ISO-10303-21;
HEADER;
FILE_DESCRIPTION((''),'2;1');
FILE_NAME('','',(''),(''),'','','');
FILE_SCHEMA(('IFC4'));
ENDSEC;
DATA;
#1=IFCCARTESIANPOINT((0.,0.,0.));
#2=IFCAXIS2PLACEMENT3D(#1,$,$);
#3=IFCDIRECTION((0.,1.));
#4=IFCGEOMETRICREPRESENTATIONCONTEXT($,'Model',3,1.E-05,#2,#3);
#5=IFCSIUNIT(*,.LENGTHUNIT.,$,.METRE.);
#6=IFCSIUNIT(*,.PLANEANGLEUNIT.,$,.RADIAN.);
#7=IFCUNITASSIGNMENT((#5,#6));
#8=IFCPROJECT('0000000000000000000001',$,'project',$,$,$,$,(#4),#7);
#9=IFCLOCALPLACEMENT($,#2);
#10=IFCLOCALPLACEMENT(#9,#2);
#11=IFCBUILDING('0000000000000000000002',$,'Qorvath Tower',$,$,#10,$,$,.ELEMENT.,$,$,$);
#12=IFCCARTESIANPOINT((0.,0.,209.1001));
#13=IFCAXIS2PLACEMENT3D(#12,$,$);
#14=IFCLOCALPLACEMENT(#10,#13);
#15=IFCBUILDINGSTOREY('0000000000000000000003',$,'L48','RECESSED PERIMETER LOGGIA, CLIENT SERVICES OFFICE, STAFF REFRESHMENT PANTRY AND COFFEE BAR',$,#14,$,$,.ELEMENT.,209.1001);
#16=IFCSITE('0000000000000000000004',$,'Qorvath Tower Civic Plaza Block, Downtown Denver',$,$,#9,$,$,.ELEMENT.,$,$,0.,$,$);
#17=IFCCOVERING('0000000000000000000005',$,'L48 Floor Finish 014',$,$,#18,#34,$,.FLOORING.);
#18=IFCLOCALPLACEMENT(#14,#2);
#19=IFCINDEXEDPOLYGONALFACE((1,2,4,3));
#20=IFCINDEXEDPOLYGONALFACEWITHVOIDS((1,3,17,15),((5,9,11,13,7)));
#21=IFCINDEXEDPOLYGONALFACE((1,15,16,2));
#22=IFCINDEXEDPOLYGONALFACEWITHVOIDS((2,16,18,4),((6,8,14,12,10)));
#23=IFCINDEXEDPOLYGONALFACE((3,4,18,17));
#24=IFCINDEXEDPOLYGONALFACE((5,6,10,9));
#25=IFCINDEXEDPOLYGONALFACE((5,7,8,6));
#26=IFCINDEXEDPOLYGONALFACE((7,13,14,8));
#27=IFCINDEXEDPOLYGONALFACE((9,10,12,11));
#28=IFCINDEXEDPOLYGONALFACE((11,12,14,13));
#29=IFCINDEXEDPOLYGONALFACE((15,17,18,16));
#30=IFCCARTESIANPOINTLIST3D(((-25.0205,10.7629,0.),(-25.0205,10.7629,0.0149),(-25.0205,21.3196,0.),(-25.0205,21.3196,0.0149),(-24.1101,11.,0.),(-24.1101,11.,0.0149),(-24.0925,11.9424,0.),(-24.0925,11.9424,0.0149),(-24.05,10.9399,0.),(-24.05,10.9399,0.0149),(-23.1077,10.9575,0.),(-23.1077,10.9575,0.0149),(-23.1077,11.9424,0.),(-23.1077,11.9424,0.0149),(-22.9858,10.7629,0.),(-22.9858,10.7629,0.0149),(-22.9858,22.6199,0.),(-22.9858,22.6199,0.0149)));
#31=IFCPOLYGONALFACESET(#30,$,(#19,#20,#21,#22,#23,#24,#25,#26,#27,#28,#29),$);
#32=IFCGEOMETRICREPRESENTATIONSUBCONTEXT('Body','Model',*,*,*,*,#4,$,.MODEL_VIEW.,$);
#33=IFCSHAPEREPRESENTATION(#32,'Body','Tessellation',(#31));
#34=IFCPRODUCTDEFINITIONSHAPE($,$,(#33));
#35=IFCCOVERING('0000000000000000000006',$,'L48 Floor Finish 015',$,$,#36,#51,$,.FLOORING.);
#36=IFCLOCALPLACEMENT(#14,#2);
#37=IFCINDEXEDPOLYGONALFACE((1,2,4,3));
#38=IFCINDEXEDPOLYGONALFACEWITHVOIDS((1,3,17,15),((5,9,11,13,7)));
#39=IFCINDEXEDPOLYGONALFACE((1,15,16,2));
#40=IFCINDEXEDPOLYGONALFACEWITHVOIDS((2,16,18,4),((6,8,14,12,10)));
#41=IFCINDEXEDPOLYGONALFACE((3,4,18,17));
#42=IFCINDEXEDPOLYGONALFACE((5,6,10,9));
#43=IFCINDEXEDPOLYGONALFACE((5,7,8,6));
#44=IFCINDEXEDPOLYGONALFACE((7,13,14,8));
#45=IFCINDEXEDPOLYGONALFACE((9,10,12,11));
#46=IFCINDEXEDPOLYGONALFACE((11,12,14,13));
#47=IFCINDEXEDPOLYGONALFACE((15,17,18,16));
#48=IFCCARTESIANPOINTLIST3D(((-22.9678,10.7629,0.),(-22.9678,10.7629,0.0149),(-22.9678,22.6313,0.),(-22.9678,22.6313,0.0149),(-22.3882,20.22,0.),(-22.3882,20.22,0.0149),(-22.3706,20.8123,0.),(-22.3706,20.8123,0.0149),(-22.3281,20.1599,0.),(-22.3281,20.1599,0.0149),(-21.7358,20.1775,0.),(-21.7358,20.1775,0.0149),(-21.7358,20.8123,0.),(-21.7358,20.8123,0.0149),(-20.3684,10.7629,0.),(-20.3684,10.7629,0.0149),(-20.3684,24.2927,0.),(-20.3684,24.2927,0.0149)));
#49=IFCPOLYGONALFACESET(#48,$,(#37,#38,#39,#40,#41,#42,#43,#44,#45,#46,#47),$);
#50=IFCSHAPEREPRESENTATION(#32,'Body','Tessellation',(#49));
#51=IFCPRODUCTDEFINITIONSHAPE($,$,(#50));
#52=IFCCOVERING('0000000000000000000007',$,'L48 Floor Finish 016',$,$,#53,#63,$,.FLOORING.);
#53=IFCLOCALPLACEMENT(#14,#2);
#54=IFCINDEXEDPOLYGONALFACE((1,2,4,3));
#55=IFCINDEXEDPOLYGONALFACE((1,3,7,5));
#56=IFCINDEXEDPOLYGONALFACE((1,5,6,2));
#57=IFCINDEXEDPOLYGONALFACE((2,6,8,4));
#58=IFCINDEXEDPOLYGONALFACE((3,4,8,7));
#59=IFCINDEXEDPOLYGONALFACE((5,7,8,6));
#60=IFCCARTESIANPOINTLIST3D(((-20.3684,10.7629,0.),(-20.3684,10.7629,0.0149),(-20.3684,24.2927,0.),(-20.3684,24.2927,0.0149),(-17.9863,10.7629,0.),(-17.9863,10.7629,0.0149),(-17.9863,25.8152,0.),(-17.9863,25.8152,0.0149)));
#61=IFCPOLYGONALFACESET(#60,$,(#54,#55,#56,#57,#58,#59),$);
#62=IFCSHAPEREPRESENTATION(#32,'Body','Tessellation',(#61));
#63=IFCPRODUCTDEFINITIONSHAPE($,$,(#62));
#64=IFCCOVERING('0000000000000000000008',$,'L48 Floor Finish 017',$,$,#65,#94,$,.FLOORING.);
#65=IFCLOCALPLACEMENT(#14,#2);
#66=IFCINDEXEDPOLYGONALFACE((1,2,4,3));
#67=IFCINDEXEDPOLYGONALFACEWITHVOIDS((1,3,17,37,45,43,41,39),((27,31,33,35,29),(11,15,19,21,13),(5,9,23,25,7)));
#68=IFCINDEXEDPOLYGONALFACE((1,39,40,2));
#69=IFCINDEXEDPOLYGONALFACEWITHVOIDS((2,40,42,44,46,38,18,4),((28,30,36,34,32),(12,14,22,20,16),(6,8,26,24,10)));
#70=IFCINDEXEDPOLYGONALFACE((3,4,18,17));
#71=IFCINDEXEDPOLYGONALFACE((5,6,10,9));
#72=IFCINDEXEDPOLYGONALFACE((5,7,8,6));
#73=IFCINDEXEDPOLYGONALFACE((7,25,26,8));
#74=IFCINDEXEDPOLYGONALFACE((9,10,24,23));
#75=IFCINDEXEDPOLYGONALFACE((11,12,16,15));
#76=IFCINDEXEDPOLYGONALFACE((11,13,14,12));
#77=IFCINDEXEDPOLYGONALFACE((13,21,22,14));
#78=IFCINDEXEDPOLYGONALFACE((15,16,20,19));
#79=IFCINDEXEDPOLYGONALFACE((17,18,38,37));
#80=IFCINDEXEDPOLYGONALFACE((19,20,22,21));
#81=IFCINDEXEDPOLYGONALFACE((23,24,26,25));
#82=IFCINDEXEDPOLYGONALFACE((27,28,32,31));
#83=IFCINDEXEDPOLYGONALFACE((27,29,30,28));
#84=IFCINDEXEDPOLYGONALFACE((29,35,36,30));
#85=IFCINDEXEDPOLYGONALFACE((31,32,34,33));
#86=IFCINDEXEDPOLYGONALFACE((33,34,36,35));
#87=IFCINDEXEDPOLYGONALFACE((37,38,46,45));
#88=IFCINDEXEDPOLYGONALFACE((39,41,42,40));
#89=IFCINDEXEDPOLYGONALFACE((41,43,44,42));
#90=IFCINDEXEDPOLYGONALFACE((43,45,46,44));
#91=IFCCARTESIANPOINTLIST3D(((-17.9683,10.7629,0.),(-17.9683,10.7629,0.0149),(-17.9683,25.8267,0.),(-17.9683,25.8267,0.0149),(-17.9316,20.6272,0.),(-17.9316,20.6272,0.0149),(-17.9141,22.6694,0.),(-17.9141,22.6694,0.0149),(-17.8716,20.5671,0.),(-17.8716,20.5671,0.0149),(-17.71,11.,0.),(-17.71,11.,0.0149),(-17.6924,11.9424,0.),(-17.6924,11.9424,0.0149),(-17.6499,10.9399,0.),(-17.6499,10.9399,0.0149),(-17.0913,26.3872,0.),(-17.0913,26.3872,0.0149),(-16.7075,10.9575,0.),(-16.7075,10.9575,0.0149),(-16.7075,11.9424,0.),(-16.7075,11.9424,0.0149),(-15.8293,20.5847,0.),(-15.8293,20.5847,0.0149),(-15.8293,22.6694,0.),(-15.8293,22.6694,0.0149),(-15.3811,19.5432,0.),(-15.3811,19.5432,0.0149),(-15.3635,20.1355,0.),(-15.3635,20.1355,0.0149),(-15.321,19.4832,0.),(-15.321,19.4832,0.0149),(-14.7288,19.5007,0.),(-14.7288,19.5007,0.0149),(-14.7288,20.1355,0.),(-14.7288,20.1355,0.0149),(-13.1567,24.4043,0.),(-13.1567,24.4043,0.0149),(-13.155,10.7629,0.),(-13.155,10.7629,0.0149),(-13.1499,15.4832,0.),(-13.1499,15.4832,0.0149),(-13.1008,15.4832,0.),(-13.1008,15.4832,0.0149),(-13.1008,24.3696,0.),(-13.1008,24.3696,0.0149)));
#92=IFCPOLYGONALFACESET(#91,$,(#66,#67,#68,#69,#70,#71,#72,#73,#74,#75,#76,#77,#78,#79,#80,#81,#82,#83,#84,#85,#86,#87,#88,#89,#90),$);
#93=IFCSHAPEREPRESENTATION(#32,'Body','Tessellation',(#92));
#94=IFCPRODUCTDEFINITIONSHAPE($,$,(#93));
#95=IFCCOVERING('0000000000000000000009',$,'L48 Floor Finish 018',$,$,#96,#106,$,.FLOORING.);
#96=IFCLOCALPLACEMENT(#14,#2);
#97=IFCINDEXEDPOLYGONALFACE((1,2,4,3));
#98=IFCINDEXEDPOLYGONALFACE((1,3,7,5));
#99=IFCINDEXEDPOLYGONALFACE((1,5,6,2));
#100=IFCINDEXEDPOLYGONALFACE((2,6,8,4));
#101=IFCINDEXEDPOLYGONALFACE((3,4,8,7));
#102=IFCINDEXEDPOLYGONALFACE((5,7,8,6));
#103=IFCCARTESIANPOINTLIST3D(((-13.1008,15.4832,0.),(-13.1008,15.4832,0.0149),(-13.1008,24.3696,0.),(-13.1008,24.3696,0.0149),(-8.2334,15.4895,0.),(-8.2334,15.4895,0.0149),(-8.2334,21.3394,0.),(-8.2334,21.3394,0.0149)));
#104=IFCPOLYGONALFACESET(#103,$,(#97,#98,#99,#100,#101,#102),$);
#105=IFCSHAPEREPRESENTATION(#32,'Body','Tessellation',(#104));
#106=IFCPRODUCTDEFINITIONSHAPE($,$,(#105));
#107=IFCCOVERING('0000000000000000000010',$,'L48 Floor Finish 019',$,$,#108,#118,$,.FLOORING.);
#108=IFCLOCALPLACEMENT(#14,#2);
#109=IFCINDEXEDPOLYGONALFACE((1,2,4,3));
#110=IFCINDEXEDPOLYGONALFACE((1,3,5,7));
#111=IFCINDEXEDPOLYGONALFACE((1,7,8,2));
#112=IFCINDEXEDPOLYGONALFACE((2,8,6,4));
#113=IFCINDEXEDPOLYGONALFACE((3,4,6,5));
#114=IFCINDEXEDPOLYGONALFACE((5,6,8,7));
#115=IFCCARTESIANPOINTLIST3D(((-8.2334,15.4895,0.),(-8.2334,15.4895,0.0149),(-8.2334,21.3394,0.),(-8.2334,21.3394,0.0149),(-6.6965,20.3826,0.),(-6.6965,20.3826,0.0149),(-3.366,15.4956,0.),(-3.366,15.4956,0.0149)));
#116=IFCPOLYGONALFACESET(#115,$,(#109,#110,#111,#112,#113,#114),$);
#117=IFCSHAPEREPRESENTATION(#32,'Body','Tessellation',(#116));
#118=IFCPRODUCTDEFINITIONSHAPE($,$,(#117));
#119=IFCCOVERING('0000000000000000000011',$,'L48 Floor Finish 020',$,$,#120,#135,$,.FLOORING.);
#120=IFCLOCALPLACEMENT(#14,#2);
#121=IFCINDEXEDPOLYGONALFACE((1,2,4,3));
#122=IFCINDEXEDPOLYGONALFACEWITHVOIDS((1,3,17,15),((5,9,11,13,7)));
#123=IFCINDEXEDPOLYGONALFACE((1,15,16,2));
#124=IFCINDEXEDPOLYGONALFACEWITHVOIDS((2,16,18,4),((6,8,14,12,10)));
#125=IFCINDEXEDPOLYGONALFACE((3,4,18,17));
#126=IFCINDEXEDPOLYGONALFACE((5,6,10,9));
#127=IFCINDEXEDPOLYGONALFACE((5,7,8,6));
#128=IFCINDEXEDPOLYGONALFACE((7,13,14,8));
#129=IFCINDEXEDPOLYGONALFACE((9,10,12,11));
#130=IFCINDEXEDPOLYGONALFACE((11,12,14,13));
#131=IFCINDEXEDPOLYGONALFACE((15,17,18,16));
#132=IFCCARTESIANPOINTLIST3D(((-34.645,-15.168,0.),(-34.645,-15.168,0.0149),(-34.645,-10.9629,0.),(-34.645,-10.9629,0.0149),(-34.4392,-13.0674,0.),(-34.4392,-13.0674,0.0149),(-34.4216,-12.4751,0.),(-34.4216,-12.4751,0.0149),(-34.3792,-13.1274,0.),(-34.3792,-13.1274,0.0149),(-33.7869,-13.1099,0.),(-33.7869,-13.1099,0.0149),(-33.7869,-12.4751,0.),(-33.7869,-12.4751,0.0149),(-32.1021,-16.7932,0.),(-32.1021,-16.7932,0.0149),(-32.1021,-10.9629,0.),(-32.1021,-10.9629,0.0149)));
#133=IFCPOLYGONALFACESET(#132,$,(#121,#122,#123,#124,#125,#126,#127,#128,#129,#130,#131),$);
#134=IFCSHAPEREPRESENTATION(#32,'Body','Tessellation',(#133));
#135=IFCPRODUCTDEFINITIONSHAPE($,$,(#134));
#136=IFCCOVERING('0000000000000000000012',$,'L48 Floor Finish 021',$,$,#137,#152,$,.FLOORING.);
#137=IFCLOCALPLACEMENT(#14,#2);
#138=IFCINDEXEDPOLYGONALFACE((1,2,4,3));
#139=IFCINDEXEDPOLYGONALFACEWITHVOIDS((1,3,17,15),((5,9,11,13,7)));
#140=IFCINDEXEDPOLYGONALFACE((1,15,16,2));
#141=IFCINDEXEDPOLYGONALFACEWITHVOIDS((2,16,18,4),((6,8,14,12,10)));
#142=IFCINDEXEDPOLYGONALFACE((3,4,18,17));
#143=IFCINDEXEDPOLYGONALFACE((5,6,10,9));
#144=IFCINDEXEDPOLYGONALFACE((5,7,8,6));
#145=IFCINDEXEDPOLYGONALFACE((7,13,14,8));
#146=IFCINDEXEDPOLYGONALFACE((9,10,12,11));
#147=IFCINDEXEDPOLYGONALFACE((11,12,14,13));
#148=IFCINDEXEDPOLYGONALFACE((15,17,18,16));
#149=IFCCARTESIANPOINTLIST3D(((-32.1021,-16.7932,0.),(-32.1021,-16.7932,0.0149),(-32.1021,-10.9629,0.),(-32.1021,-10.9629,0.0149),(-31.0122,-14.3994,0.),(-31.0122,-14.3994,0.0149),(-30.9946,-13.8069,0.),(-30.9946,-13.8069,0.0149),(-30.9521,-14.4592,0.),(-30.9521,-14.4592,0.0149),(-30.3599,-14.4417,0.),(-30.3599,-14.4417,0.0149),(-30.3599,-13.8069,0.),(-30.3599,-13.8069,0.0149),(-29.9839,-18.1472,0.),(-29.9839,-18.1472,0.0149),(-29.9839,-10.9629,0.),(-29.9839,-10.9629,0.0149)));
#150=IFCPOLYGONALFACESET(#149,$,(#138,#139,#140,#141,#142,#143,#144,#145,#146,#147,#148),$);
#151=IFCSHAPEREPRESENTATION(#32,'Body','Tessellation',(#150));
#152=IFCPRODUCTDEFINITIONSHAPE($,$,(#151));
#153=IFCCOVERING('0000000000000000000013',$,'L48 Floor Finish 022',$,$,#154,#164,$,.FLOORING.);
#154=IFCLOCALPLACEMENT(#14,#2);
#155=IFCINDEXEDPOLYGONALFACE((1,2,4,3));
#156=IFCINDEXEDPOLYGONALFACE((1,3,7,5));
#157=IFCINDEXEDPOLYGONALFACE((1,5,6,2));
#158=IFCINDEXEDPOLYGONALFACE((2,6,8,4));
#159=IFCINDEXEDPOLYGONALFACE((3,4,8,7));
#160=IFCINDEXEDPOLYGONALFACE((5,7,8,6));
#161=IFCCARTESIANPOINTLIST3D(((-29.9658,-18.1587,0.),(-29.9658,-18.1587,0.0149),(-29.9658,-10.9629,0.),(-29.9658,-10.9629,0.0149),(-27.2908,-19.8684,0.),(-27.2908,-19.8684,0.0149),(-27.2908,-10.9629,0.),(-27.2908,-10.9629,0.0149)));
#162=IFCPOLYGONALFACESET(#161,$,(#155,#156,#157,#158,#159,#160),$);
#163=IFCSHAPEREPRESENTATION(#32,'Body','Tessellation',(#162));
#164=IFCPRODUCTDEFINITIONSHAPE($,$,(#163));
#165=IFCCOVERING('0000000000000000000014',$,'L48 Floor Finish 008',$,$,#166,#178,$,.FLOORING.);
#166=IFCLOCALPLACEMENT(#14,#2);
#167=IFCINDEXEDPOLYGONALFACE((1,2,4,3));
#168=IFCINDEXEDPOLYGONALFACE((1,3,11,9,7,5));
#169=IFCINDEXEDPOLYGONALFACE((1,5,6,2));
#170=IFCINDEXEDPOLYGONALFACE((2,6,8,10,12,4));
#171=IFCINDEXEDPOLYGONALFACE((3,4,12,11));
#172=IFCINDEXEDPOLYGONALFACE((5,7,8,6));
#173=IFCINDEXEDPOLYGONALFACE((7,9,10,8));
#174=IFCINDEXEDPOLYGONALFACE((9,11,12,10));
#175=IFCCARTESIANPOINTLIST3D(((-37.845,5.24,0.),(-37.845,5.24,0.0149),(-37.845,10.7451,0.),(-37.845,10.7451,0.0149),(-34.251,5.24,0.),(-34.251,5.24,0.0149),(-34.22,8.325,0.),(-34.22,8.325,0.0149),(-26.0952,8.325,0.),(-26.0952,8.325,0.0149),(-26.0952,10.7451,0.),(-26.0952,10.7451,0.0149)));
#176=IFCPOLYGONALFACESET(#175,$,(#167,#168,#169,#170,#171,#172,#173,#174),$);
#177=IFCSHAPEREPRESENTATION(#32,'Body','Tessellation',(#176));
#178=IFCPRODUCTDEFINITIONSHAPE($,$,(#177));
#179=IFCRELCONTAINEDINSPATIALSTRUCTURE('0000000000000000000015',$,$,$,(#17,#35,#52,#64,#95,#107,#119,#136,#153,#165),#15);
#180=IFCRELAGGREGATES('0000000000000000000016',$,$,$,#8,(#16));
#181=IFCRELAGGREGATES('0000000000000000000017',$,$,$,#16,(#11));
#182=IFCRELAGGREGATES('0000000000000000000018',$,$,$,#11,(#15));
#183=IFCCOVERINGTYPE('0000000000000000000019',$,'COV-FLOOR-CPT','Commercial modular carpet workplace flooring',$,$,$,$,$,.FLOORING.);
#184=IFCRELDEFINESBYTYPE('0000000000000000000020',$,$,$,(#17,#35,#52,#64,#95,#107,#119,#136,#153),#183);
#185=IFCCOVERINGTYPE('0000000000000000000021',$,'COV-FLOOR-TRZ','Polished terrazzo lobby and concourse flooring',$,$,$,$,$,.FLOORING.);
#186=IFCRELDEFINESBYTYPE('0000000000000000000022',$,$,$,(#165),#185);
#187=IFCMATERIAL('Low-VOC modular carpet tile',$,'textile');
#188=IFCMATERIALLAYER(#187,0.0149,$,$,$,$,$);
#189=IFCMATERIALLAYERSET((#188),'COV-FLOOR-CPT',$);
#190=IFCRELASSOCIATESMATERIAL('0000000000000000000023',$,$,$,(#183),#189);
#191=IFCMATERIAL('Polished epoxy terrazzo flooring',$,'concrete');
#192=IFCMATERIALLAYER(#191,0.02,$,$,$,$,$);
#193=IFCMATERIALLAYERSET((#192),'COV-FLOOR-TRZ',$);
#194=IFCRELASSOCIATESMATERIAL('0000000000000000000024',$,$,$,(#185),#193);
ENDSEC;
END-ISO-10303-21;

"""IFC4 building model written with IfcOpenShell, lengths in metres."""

from ifc_helpers import new_model, si_unit, direction, frame, origin, place, context, subcontext, project, spatial, polyline, outline, extrude, material, layer, layer_set, type_object, element, save


model = new_model("IFC4")

# Units and contexts
model_context = context("Model", 3, precision=1e-05, world=origin(), true_north=direction((0.0, 1.0)))
body_context = subcontext(model_context, "Body", "Model", "MODEL_VIEW")
ifc_project = project(units=[si_unit("LENGTHUNIT", "METRE"), si_unit("PLANEANGLEUNIT", "RADIAN")], contexts=[model_context])

# Site, building, storey
site_placement = place(None, origin())
site = spatial("IfcSite", under=ifc_project, at=site_placement, Name="Qorvath Tower Civic Plaza Block, Downtown Denver", CompositionType="ELEMENT", RefElevation=0.0)
building_placement = place(site_placement, origin())
building = spatial("IfcBuilding", under=site, at=building_placement, Name="Qorvath Tower", CompositionType="ELEMENT")
storey_placement = place(building_placement, frame((0.0, 0.0, 209.1001)))
storey = spatial("IfcBuildingStorey", under=building, at=storey_placement, Name="L48", Description="RECESSED PERIMETER LOGGIA, CLIENT SERVICES OFFICE, STAFF REFRESHMENT PANTRY AND COFFEE BAR", CompositionType="ELEMENT", Elevation=209.1001)

# Coverings
ifc_material_1 = material(Name="Low-VOC modular carpet tile", Category="textile")
ifc_layer_1 = layer(ifc_material_1, 0.0149)
ifc_layer_set_1 = layer_set([ifc_layer_1], Name="COV-FLOOR-CPT")
covering_type_1 = type_object("IfcCoveringType", Name="COV-FLOOR-CPT", Description="Commercial modular carpet workplace flooring", PredefinedType="FLOORING", material=ifc_layer_set_1)
covering_1_placement = place(storey_placement, origin())
element("IfcCovering", 1, at=covering_1_placement, inside=storey, type_object=covering_type_1, Name="L48 Floor Finish 014", PredefinedType="FLOORING", context=body_context, shape_type="SweptSolid", body=[
    extrude(outline(polyline([(-25.0205, 21.3196), (-25.0205, 10.7629), (-22.9858, 10.7629), (-22.9858, 22.6199), (-25.0205, 21.3196)]), holes=[polyline([(-24.1101, 11.0), (-24.0925, 11.9424), (-23.1077, 11.9424), (-23.1077, 10.9575), (-24.05, 10.9399), (-24.1101, 11.0)])]), origin(), (0.0, 0.0, 1.0), 0.0149),
])
covering_2_placement = place(storey_placement, origin())
element("IfcCovering", 2, at=covering_2_placement, inside=storey, type_object=covering_type_1, Name="L48 Floor Finish 015", PredefinedType="FLOORING", context=body_context, shape_type="SweptSolid", body=[
    extrude(outline(polyline([(-22.9678, 10.7629), (-20.3684, 10.7629), (-20.3684, 24.2927), (-22.9678, 22.6313), (-22.9678, 10.7629)]), holes=[polyline([(-22.3882, 20.22), (-22.3706, 20.8123), (-21.7358, 20.8123), (-21.7358, 20.1775), (-22.3281, 20.1599), (-22.3882, 20.22)])]), origin(), (0.0, 0.0, 1.0), 0.0149),
])
covering_3_placement = place(storey_placement, origin())
element("IfcCovering", 3, at=covering_3_placement, inside=storey, type_object=covering_type_1, Name="L48 Floor Finish 016", PredefinedType="FLOORING", context=body_context, shape_type="SweptSolid", body=[
    extrude(outline(polyline([(-20.3684, 24.2927), (-20.3684, 10.7629), (-17.9863, 10.7629), (-17.9863, 25.8152), (-20.3684, 24.2927)])), origin(), (0.0, 0.0, 1.0), 0.0149),
])
covering_4_placement = place(storey_placement, origin())
element("IfcCovering", 4, at=covering_4_placement, inside=storey, type_object=covering_type_1, Name="L48 Floor Finish 017", PredefinedType="FLOORING", context=body_context, shape_type="SweptSolid", body=[
    extrude(outline(polyline([(-13.1008, 15.4832), (-13.1008, 24.3696), (-13.1567, 24.4043), (-17.0913, 26.3872), (-17.9683, 25.8267), (-17.9683, 10.7629), (-13.155, 10.7629), (-13.1499, 15.4832), (-13.1008, 15.4832)]), holes=[polyline([(-15.3811, 19.5432), (-15.3635, 20.1355), (-14.7288, 20.1355), (-14.7288, 19.5007), (-15.321, 19.4832), (-15.3811, 19.5432)]), polyline([(-17.9316, 20.6272), (-17.9141, 22.6694), (-15.8293, 22.6694), (-15.8293, 20.5847), (-17.8716, 20.5671), (-17.9316, 20.6272)]), polyline([(-17.71, 11.0), (-17.6924, 11.9424), (-16.7075, 11.9424), (-16.7075, 10.9575), (-17.6499, 10.9399), (-17.71, 11.0)])]), origin(), (0.0, 0.0, 1.0), 0.0149),
])
covering_5_placement = place(storey_placement, origin())
element("IfcCovering", 5, at=covering_5_placement, inside=storey, type_object=covering_type_1, Name="L48 Floor Finish 018", PredefinedType="FLOORING", context=body_context, shape_type="SweptSolid", body=[
    extrude(outline(polyline([(-8.2334, 15.4895), (-8.2334, 21.3394), (-13.1008, 24.3696), (-13.1008, 15.4832), (-8.2334, 15.4895)])), origin(), (0.0, 0.0, 1.0), 0.0149),
])
covering_6_placement = place(storey_placement, origin())
element("IfcCovering", 6, at=covering_6_placement, inside=storey, type_object=covering_type_1, Name="L48 Floor Finish 019", PredefinedType="FLOORING", context=body_context, shape_type="SweptSolid", body=[
    extrude(outline(polyline([(-3.366, 15.4956), (-6.6965, 20.3826), (-8.2334, 21.3394), (-8.2334, 15.4895), (-3.366, 15.4956)])), origin(), (0.0, 0.0, 1.0), 0.0149),
])
covering_7_placement = place(storey_placement, origin())
element("IfcCovering", 7, at=covering_7_placement, inside=storey, type_object=covering_type_1, Name="L48 Floor Finish 020", PredefinedType="FLOORING", context=body_context, shape_type="SweptSolid", body=[
    extrude(outline(polyline([(-34.645, -10.9629), (-34.645, -15.168), (-32.1021, -16.7932), (-32.1021, -10.9629), (-34.645, -10.9629)]), holes=[polyline([(-34.4392, -13.0674), (-34.4216, -12.4751), (-33.7869, -12.4751), (-33.7869, -13.1099), (-34.3792, -13.1274), (-34.4392, -13.0674)])]), origin(), (0.0, 0.0, 1.0), 0.0149),
])
covering_8_placement = place(storey_placement, origin())
element("IfcCovering", 8, at=covering_8_placement, inside=storey, type_object=covering_type_1, Name="L48 Floor Finish 021", PredefinedType="FLOORING", context=body_context, shape_type="SweptSolid", body=[
    extrude(outline(polyline([(-32.1021, -10.9629), (-32.1021, -16.7932), (-29.9839, -18.1472), (-29.9839, -10.9629), (-32.1021, -10.9629)]), holes=[polyline([(-31.0122, -14.3994), (-30.9946, -13.8069), (-30.3599, -13.8069), (-30.3599, -14.4417), (-30.9521, -14.4592), (-31.0122, -14.3994)])]), origin(), (0.0, 0.0, 1.0), 0.0149),
])
covering_9_placement = place(storey_placement, origin())
element("IfcCovering", 9, at=covering_9_placement, inside=storey, type_object=covering_type_1, Name="L48 Floor Finish 022", PredefinedType="FLOORING", context=body_context, shape_type="SweptSolid", body=[
    extrude(outline(polyline([(-29.9658, -10.9629), (-29.9658, -18.1587), (-27.2908, -19.8684), (-27.2908, -10.9629), (-29.9658, -10.9629)])), origin(), (0.0, 0.0, 1.0), 0.0149),
])
ifc_material_2 = material(Name="Polished epoxy terrazzo flooring", Category="concrete")
ifc_layer_2 = layer(ifc_material_2, 0.02)
ifc_layer_set_2 = layer_set([ifc_layer_2], Name="COV-FLOOR-TRZ")
covering_type_2 = type_object("IfcCoveringType", Name="COV-FLOOR-TRZ", Description="Polished terrazzo lobby and concourse flooring", PredefinedType="FLOORING", material=ifc_layer_set_2)
covering_10_placement = place(storey_placement, origin())
element("IfcCovering", 10, at=covering_10_placement, inside=storey, type_object=covering_type_2, Name="L48 Floor Finish 008", PredefinedType="FLOORING", context=body_context, shape_type="SweptSolid", body=[
    extrude(outline(polyline([(-26.0952, 8.325), (-26.0952, 10.7451), (-37.845, 10.7451), (-37.845, 5.24), (-34.251, 5.24), (-34.22, 8.325), (-26.0952, 8.325)])), origin(), (0.0, 0.0, 1.0), 0.0149),
])

save(model, "model.ifc")
